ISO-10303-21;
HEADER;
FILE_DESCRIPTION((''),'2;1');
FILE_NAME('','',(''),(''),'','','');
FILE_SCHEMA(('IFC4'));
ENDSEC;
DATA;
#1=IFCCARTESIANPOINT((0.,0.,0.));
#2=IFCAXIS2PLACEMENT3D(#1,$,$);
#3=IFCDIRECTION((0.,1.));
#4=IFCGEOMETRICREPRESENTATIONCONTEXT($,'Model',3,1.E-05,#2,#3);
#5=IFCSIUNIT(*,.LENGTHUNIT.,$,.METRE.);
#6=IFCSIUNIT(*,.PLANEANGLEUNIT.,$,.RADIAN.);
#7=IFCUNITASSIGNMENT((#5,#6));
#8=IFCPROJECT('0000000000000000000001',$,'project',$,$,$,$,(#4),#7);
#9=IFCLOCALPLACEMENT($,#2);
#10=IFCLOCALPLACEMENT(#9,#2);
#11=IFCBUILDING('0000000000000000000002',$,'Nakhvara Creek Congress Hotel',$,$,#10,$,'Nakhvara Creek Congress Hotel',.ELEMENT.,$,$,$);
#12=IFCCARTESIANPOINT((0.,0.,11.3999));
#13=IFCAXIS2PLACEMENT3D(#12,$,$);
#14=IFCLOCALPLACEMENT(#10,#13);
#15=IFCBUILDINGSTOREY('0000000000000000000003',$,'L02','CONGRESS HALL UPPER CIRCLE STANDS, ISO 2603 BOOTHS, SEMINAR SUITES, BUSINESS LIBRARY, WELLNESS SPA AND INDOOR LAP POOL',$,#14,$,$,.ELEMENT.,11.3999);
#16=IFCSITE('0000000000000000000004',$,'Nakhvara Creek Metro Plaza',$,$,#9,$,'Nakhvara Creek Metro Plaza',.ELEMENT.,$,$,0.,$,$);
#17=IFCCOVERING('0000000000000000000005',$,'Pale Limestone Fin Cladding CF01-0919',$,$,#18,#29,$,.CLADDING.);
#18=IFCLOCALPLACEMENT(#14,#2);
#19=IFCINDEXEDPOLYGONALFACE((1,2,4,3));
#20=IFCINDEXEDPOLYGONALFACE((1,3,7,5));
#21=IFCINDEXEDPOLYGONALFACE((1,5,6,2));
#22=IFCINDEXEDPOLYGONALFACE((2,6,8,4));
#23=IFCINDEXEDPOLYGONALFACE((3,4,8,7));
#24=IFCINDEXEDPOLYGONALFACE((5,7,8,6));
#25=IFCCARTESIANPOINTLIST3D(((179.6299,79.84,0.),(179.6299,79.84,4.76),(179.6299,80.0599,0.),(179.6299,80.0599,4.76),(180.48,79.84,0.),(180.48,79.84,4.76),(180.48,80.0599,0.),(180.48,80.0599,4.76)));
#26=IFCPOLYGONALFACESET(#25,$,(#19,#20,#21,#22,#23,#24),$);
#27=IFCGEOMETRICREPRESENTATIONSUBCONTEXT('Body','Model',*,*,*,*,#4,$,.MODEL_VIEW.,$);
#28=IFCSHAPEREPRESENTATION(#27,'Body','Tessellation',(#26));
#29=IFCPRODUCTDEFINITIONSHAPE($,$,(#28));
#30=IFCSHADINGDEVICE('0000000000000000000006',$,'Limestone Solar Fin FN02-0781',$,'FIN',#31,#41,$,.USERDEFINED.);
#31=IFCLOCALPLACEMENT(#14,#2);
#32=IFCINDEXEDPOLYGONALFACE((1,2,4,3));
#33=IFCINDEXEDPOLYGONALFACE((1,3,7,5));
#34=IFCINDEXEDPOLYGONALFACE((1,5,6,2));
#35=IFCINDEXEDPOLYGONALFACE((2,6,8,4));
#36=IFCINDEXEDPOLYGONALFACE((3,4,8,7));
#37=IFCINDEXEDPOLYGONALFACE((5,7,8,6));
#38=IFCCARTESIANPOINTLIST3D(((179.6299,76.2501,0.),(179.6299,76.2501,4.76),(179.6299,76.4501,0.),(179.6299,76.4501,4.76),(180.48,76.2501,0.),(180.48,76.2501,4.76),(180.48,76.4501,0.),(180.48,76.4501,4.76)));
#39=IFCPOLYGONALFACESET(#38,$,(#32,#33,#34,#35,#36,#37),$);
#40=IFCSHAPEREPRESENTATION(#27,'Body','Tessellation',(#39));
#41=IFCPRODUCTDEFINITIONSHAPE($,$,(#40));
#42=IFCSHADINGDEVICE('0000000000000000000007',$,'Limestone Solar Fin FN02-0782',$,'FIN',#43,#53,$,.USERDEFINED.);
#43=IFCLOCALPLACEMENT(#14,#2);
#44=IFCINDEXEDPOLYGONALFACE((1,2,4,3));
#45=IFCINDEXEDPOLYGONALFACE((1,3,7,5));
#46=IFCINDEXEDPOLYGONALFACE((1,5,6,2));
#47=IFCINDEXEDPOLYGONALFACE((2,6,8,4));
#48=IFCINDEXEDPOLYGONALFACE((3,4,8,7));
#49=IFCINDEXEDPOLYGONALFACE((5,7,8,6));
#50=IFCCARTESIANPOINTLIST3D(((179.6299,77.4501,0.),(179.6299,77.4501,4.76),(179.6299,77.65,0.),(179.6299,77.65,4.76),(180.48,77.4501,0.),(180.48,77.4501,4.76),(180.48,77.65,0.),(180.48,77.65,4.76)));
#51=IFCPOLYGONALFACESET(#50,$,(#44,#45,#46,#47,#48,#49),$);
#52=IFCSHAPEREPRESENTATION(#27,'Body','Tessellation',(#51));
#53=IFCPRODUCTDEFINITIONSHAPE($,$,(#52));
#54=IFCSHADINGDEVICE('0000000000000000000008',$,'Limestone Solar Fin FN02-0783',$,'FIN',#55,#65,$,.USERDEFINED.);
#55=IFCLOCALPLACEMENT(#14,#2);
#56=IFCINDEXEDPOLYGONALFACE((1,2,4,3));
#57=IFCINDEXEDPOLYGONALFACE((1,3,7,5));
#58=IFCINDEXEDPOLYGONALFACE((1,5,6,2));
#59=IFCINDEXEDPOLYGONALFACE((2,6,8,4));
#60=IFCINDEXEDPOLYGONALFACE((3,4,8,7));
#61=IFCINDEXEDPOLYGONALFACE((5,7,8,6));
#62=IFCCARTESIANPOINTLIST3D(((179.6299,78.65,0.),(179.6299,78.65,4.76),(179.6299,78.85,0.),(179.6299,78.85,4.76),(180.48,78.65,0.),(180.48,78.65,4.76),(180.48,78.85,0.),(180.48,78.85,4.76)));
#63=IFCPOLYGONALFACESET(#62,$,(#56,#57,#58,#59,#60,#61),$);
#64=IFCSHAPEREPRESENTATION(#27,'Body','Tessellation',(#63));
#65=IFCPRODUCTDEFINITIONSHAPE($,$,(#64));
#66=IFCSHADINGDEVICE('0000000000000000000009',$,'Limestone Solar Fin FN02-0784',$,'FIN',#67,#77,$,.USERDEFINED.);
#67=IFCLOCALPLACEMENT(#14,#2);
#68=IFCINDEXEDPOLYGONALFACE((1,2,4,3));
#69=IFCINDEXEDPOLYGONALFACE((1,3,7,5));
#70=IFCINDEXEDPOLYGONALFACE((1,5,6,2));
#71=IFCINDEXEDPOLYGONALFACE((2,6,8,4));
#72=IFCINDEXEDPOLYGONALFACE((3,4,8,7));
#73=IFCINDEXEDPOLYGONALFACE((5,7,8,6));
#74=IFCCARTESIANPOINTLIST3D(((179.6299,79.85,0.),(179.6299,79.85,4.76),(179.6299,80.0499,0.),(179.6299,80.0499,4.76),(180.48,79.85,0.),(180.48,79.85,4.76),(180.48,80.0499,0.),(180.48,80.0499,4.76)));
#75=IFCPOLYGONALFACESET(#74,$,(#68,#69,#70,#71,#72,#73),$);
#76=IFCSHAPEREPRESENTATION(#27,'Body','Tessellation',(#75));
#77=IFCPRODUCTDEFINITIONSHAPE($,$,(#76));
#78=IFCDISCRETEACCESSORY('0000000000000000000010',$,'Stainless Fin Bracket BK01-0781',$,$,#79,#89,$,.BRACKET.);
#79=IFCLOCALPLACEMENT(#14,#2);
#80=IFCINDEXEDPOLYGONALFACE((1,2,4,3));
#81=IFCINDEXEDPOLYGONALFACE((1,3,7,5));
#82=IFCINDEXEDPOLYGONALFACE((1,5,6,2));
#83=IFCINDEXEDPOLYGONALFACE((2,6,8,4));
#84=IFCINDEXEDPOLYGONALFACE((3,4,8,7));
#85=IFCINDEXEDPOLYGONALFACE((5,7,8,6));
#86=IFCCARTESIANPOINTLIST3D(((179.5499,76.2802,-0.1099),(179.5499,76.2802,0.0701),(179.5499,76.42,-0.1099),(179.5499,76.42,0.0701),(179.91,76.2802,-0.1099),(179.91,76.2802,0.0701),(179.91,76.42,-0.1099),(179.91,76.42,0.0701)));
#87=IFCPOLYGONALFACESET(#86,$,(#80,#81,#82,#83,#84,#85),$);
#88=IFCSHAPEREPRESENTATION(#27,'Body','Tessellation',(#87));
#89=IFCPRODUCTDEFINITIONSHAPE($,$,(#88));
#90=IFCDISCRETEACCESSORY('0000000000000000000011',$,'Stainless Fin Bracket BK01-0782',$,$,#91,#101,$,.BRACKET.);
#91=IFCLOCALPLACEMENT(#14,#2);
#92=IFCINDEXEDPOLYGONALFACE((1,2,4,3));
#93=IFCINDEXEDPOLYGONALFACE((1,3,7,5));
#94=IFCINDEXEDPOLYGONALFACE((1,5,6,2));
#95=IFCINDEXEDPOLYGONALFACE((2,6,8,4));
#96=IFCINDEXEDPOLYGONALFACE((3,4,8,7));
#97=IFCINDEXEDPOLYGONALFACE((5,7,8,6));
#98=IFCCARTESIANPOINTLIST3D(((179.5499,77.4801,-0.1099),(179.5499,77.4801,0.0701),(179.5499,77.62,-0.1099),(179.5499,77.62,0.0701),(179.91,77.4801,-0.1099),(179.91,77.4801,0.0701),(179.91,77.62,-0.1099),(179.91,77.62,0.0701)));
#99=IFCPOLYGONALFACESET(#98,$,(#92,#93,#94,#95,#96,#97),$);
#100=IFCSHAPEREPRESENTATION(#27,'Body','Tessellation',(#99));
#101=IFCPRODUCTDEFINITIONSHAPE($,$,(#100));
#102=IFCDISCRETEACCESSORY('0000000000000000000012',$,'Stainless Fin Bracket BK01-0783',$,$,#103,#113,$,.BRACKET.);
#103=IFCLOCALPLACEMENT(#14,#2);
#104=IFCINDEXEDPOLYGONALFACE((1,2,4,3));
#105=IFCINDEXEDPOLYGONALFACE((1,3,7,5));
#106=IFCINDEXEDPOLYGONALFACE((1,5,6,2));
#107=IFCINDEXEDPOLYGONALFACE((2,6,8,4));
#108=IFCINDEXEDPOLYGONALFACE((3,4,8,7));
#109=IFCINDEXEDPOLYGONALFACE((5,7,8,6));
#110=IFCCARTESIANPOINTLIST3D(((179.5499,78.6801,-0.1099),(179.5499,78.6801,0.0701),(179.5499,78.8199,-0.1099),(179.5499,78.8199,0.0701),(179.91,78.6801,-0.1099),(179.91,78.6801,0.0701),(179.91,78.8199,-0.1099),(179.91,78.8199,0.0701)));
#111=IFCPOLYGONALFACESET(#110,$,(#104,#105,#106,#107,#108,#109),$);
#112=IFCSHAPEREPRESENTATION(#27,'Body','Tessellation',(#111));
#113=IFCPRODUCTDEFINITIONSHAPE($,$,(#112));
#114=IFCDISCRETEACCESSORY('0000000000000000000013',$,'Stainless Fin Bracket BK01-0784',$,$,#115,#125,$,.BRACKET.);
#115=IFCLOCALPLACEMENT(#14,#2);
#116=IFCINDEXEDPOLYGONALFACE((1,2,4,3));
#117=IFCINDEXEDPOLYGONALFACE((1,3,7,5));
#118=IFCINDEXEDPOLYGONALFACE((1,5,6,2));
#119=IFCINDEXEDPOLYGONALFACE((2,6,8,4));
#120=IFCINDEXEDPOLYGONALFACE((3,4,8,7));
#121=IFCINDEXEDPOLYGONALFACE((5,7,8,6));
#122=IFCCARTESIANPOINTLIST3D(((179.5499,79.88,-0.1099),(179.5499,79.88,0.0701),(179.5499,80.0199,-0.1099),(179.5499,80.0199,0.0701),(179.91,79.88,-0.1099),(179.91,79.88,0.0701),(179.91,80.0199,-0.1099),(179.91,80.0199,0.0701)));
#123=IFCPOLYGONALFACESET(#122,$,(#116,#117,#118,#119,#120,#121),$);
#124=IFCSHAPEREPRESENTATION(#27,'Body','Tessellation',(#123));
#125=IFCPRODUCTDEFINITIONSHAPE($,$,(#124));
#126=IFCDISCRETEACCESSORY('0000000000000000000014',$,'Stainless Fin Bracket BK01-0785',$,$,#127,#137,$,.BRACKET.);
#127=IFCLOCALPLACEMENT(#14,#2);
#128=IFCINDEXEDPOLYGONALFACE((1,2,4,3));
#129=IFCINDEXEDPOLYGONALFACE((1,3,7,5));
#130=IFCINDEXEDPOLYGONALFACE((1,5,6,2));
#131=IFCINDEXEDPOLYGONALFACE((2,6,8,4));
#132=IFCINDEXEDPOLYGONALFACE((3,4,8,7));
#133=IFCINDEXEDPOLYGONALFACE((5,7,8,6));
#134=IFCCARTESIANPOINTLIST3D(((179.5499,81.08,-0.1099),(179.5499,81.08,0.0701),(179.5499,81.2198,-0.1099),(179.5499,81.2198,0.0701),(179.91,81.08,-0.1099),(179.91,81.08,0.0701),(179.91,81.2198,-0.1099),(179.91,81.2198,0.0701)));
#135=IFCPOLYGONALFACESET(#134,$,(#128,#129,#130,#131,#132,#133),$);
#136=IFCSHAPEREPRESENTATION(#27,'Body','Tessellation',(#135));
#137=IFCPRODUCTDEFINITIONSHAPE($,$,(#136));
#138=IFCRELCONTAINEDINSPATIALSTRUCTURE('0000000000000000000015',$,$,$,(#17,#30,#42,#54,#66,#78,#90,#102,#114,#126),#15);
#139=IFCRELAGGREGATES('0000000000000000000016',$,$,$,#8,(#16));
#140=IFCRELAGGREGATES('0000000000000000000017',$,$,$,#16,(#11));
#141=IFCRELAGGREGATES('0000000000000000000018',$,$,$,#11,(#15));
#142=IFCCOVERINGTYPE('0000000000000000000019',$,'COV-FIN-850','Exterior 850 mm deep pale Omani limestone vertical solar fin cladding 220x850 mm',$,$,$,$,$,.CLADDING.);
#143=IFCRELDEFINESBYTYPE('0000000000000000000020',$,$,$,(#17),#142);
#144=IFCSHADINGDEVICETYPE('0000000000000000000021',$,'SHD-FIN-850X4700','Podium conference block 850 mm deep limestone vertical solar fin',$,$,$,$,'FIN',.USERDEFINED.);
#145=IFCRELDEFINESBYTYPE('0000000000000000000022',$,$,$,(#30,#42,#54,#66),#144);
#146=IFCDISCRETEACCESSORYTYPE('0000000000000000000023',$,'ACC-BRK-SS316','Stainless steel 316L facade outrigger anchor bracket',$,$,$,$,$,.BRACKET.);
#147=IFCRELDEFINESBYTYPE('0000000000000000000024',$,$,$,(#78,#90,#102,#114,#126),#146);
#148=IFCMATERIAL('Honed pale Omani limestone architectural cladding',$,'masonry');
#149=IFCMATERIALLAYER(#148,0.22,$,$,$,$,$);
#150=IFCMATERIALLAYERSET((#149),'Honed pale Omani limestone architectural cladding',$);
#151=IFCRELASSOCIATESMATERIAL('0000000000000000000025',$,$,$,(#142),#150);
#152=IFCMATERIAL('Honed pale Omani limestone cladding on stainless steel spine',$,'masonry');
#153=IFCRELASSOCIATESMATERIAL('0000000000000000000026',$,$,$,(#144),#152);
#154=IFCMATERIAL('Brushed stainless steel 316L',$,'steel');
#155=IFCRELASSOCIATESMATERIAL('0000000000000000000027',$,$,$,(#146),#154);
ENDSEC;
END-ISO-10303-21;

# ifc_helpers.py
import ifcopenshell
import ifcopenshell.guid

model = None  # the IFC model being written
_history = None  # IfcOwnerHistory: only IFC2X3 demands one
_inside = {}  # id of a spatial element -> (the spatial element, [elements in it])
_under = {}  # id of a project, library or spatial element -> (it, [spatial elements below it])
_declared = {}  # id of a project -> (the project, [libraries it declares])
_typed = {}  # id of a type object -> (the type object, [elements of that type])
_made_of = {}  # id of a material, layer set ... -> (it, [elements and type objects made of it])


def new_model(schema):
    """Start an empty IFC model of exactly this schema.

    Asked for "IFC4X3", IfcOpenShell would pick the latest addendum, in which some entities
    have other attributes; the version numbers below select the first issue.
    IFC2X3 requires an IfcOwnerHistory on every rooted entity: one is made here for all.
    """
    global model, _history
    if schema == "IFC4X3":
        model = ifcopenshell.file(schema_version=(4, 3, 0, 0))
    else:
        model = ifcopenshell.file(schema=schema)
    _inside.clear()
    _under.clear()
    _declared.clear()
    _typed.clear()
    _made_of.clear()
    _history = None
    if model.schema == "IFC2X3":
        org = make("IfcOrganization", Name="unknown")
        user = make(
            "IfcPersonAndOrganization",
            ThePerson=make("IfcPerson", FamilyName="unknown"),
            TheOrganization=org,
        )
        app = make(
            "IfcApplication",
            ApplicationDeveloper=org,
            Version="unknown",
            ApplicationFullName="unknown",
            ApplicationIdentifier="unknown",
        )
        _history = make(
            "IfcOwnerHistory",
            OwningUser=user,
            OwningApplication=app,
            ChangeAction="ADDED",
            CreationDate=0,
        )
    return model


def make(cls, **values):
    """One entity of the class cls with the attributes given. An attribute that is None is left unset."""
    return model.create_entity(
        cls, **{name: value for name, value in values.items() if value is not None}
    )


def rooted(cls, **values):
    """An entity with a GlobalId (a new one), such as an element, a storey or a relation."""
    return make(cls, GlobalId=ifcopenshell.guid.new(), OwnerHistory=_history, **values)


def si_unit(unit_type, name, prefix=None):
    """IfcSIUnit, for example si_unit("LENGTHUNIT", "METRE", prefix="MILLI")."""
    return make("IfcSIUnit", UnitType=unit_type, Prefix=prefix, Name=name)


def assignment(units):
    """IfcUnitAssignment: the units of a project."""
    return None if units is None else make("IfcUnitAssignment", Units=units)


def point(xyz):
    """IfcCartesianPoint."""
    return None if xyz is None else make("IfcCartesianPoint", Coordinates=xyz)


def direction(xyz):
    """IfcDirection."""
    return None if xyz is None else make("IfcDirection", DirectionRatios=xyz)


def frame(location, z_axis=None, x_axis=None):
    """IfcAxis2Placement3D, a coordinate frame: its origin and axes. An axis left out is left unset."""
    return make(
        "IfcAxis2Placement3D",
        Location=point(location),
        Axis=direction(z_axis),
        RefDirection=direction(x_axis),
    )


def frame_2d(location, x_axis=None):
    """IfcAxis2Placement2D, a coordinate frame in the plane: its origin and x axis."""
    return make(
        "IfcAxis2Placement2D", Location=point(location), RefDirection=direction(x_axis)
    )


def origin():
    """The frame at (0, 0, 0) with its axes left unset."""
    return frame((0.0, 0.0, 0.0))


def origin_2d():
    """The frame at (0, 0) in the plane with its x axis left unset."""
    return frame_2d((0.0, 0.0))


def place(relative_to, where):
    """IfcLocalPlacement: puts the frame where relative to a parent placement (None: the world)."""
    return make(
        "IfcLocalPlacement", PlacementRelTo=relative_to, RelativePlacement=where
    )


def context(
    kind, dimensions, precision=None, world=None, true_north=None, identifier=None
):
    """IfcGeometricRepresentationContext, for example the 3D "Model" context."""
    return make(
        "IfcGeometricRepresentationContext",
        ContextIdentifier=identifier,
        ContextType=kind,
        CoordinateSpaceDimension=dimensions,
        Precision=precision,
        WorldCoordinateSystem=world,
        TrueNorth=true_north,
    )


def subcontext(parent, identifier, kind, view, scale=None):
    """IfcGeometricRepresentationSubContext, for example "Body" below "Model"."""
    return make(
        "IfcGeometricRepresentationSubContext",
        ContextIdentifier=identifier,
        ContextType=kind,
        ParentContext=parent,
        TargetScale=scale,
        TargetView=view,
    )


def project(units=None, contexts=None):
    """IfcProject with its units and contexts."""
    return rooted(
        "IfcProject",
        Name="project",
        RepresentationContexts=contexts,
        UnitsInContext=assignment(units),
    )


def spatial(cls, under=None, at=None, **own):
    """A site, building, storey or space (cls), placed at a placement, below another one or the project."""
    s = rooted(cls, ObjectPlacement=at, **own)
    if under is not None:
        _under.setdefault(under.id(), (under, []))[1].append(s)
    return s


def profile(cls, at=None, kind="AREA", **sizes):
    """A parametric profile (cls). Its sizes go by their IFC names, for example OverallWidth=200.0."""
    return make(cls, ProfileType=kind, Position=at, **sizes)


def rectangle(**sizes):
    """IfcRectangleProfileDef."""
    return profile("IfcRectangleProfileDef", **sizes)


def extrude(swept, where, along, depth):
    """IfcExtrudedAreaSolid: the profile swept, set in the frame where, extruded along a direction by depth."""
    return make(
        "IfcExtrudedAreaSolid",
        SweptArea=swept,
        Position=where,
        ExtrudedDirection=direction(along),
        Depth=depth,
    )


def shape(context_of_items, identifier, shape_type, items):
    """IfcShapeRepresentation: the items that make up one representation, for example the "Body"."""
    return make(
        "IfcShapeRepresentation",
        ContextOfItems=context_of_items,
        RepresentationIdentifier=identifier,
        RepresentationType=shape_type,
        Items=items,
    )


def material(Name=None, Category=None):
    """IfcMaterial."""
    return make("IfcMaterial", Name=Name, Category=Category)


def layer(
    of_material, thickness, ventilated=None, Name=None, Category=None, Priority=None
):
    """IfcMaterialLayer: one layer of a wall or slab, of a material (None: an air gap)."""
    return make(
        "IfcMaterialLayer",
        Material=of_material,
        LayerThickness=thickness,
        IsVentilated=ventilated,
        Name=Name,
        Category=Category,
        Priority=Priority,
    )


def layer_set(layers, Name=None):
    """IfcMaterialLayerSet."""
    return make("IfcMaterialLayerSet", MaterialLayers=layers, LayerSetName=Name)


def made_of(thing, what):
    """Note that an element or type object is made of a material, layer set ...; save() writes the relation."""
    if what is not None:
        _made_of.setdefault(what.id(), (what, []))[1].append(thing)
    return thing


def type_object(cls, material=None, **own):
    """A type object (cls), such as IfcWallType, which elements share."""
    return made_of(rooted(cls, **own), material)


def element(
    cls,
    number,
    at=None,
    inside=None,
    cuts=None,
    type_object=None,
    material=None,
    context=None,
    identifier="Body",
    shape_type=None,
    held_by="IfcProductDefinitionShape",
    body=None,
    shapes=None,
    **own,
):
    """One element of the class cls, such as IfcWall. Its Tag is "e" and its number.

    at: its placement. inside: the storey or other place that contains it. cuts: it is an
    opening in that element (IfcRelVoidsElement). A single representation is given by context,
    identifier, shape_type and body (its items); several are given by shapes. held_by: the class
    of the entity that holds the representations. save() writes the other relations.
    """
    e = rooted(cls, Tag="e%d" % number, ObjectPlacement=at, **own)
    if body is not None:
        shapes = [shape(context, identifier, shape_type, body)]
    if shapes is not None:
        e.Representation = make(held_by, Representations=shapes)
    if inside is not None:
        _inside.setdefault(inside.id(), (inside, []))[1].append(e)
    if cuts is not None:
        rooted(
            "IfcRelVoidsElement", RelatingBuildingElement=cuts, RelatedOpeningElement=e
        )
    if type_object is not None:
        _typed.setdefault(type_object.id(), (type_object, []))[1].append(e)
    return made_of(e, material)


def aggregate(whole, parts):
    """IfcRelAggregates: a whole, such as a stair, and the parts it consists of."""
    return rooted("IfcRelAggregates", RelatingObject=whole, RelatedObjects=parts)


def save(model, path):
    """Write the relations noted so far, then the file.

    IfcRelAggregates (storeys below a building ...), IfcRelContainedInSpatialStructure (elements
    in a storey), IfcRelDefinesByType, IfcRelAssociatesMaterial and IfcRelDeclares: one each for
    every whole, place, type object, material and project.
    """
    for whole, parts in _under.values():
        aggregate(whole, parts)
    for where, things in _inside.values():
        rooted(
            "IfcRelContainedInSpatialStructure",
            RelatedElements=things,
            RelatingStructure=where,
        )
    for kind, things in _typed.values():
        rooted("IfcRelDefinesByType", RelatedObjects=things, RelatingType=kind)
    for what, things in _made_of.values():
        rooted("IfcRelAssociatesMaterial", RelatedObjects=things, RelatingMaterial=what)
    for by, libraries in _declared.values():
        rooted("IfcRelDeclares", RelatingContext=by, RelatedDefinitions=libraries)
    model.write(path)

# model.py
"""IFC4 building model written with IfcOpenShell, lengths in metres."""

from ifc_helpers import new_model, si_unit, direction, frame, origin, origin_2d, place, context, subcontext, project, spatial, rectangle, extrude, material, layer, layer_set, type_object, element, save


model = new_model("IFC4")

# Units and contexts
model_context = context("Model", 3, precision=1e-05, world=origin(), true_north=direction((0.0, 1.0)))
body_context = subcontext(model_context, "Body", "Model", "MODEL_VIEW")
ifc_project = project(units=[si_unit("LENGTHUNIT", "METRE"), si_unit("PLANEANGLEUNIT", "RADIAN")], contexts=[model_context])

# Site, building, storey
site_placement = place(None, origin())
site = spatial("IfcSite", under=ifc_project, at=site_placement, Name="Nakhvara Creek Metro Plaza", LongName="Nakhvara Creek Metro Plaza", CompositionType="ELEMENT", RefElevation=0.0)
building_placement = place(site_placement, origin())
building = spatial("IfcBuilding", under=site, at=building_placement, Name="Nakhvara Creek Congress Hotel", LongName="Nakhvara Creek Congress Hotel", CompositionType="ELEMENT")
storey_placement = place(building_placement, frame((0.0, 0.0, 11.3999)))
storey = spatial("IfcBuildingStorey", under=building, at=storey_placement, Name="L02", Description="CONGRESS HALL UPPER CIRCLE STANDS, ISO 2603 BOOTHS, SEMINAR SUITES, BUSINESS LIBRARY, WELLNESS SPA AND INDOOR LAP POOL", CompositionType="ELEMENT", Elevation=11.3999)

# Covering
ifc_material_1 = material(Name="Honed pale Omani limestone architectural cladding", Category="masonry")
ifc_layer_1 = layer(ifc_material_1, 0.22)
ifc_layer_set_1 = layer_set([ifc_layer_1], Name="Honed pale Omani limestone architectural cladding")
covering_type = type_object("IfcCoveringType", Name="COV-FIN-850", Description="Exterior 850 mm deep pale Omani limestone vertical solar fin cladding 220x850 mm", PredefinedType="CLADDING", material=ifc_layer_set_1)
for number, where, z_axis, x_axis, name in (
    (1, (180.0549, 79.95, 0.0), (0.0, 0.0, 1.0), (0.0, 1.0, 0.0), "Pale Limestone Fin Cladding CF01-0919"),
):
    element("IfcCovering", number, at=place(storey_placement, frame(where, z_axis=z_axis, x_axis=x_axis)), inside=storey, type_object=covering_type, Name=name, PredefinedType="CLADDING", context=body_context, shape_type="SweptSolid", body=[
        extrude(rectangle(XDim=0.22, YDim=0.8501, at=origin_2d()), origin(), (0.0, 0.0, 1.0), 4.76),
    ])

# Shading devices
ifc_material_2 = material(Name="Honed pale Omani limestone cladding on stainless steel spine", Category="masonry")
shading_device_type = type_object("IfcShadingDeviceType", Name="SHD-FIN-850X4700", Description="Podium conference block 850 mm deep limestone vertical solar fin", ElementType="FIN", PredefinedType="USERDEFINED", material=ifc_material_2)
for number, where, z_axis, x_axis, name in (
    (2, (180.0549, 76.3501, 0.0), (0.0, 0.0, 1.0), (0.0, 1.0, 0.0), "Limestone Solar Fin FN02-0781"),
    (3, (180.0549, 77.55, 0.0), (0.0, 0.0, 1.0), (0.0, 1.0, 0.0), "Limestone Solar Fin FN02-0782"),
    (4, (180.0549, 78.75, 0.0), (0.0, 0.0, 1.0), (0.0, 1.0, 0.0), "Limestone Solar Fin FN02-0783"),
    (5, (180.0549, 79.95, 0.0), (0.0, 0.0, 1.0), (0.0, 1.0, 0.0), "Limestone Solar Fin FN02-0784"),
):
    element("IfcShadingDevice", number, at=place(storey_placement, frame(where, z_axis=z_axis, x_axis=x_axis)), inside=storey, type_object=shading_device_type, Name=name, ObjectType="FIN", PredefinedType="USERDEFINED", context=body_context, shape_type="SweptSolid", body=[
        extrude(rectangle(XDim=0.2, YDim=0.8501, at=origin_2d()), origin(), (0.0, 0.0, 1.0), 4.76),
    ])

# Discrete accessories
ifc_material_3 = material(Name="Brushed stainless steel 316L", Category="steel")
discrete_accessory_type = type_object("IfcDiscreteAccessoryType", Name="ACC-BRK-SS316", Description="Stainless steel 316L facade outrigger anchor bracket", PredefinedType="BRACKET", material=ifc_material_3)
for number, where, z_axis, x_axis, name in (
    (6, (179.73, 76.3501, -0.1099), (0.0, 0.0, 1.0), (0.0, 1.0, 0.0), "Stainless Fin Bracket BK01-0781"),
    (7, (179.73, 77.55, -0.1099), (0.0, 0.0, 1.0), (0.0, 1.0, 0.0), "Stainless Fin Bracket BK01-0782"),
    (8, (179.73, 78.75, -0.1099), (0.0, 0.0, 1.0), (0.0, 1.0, 0.0), "Stainless Fin Bracket BK01-0783"),
    (9, (179.73, 79.95, -0.1099), (0.0, 0.0, 1.0), (0.0, 1.0, 0.0), "Stainless Fin Bracket BK01-0784"),
    (10, (179.73, 81.1499, -0.1099), (0.0, 0.0, 1.0), (0.0, 1.0, 0.0), "Stainless Fin Bracket BK01-0785"),
):
    element("IfcDiscreteAccessory", number, at=place(storey_placement, frame(where, z_axis=z_axis, x_axis=x_axis)), inside=storey, type_object=discrete_accessory_type, Name=name, PredefinedType="BRACKET", context=body_context, shape_type="SweptSolid", body=[
        extrude(rectangle(XDim=0.1399, YDim=0.3601, at=origin_2d()), origin(), (0.0, 0.0, 1.0), 0.1799),
    ])

save(model, "model.ifc")
